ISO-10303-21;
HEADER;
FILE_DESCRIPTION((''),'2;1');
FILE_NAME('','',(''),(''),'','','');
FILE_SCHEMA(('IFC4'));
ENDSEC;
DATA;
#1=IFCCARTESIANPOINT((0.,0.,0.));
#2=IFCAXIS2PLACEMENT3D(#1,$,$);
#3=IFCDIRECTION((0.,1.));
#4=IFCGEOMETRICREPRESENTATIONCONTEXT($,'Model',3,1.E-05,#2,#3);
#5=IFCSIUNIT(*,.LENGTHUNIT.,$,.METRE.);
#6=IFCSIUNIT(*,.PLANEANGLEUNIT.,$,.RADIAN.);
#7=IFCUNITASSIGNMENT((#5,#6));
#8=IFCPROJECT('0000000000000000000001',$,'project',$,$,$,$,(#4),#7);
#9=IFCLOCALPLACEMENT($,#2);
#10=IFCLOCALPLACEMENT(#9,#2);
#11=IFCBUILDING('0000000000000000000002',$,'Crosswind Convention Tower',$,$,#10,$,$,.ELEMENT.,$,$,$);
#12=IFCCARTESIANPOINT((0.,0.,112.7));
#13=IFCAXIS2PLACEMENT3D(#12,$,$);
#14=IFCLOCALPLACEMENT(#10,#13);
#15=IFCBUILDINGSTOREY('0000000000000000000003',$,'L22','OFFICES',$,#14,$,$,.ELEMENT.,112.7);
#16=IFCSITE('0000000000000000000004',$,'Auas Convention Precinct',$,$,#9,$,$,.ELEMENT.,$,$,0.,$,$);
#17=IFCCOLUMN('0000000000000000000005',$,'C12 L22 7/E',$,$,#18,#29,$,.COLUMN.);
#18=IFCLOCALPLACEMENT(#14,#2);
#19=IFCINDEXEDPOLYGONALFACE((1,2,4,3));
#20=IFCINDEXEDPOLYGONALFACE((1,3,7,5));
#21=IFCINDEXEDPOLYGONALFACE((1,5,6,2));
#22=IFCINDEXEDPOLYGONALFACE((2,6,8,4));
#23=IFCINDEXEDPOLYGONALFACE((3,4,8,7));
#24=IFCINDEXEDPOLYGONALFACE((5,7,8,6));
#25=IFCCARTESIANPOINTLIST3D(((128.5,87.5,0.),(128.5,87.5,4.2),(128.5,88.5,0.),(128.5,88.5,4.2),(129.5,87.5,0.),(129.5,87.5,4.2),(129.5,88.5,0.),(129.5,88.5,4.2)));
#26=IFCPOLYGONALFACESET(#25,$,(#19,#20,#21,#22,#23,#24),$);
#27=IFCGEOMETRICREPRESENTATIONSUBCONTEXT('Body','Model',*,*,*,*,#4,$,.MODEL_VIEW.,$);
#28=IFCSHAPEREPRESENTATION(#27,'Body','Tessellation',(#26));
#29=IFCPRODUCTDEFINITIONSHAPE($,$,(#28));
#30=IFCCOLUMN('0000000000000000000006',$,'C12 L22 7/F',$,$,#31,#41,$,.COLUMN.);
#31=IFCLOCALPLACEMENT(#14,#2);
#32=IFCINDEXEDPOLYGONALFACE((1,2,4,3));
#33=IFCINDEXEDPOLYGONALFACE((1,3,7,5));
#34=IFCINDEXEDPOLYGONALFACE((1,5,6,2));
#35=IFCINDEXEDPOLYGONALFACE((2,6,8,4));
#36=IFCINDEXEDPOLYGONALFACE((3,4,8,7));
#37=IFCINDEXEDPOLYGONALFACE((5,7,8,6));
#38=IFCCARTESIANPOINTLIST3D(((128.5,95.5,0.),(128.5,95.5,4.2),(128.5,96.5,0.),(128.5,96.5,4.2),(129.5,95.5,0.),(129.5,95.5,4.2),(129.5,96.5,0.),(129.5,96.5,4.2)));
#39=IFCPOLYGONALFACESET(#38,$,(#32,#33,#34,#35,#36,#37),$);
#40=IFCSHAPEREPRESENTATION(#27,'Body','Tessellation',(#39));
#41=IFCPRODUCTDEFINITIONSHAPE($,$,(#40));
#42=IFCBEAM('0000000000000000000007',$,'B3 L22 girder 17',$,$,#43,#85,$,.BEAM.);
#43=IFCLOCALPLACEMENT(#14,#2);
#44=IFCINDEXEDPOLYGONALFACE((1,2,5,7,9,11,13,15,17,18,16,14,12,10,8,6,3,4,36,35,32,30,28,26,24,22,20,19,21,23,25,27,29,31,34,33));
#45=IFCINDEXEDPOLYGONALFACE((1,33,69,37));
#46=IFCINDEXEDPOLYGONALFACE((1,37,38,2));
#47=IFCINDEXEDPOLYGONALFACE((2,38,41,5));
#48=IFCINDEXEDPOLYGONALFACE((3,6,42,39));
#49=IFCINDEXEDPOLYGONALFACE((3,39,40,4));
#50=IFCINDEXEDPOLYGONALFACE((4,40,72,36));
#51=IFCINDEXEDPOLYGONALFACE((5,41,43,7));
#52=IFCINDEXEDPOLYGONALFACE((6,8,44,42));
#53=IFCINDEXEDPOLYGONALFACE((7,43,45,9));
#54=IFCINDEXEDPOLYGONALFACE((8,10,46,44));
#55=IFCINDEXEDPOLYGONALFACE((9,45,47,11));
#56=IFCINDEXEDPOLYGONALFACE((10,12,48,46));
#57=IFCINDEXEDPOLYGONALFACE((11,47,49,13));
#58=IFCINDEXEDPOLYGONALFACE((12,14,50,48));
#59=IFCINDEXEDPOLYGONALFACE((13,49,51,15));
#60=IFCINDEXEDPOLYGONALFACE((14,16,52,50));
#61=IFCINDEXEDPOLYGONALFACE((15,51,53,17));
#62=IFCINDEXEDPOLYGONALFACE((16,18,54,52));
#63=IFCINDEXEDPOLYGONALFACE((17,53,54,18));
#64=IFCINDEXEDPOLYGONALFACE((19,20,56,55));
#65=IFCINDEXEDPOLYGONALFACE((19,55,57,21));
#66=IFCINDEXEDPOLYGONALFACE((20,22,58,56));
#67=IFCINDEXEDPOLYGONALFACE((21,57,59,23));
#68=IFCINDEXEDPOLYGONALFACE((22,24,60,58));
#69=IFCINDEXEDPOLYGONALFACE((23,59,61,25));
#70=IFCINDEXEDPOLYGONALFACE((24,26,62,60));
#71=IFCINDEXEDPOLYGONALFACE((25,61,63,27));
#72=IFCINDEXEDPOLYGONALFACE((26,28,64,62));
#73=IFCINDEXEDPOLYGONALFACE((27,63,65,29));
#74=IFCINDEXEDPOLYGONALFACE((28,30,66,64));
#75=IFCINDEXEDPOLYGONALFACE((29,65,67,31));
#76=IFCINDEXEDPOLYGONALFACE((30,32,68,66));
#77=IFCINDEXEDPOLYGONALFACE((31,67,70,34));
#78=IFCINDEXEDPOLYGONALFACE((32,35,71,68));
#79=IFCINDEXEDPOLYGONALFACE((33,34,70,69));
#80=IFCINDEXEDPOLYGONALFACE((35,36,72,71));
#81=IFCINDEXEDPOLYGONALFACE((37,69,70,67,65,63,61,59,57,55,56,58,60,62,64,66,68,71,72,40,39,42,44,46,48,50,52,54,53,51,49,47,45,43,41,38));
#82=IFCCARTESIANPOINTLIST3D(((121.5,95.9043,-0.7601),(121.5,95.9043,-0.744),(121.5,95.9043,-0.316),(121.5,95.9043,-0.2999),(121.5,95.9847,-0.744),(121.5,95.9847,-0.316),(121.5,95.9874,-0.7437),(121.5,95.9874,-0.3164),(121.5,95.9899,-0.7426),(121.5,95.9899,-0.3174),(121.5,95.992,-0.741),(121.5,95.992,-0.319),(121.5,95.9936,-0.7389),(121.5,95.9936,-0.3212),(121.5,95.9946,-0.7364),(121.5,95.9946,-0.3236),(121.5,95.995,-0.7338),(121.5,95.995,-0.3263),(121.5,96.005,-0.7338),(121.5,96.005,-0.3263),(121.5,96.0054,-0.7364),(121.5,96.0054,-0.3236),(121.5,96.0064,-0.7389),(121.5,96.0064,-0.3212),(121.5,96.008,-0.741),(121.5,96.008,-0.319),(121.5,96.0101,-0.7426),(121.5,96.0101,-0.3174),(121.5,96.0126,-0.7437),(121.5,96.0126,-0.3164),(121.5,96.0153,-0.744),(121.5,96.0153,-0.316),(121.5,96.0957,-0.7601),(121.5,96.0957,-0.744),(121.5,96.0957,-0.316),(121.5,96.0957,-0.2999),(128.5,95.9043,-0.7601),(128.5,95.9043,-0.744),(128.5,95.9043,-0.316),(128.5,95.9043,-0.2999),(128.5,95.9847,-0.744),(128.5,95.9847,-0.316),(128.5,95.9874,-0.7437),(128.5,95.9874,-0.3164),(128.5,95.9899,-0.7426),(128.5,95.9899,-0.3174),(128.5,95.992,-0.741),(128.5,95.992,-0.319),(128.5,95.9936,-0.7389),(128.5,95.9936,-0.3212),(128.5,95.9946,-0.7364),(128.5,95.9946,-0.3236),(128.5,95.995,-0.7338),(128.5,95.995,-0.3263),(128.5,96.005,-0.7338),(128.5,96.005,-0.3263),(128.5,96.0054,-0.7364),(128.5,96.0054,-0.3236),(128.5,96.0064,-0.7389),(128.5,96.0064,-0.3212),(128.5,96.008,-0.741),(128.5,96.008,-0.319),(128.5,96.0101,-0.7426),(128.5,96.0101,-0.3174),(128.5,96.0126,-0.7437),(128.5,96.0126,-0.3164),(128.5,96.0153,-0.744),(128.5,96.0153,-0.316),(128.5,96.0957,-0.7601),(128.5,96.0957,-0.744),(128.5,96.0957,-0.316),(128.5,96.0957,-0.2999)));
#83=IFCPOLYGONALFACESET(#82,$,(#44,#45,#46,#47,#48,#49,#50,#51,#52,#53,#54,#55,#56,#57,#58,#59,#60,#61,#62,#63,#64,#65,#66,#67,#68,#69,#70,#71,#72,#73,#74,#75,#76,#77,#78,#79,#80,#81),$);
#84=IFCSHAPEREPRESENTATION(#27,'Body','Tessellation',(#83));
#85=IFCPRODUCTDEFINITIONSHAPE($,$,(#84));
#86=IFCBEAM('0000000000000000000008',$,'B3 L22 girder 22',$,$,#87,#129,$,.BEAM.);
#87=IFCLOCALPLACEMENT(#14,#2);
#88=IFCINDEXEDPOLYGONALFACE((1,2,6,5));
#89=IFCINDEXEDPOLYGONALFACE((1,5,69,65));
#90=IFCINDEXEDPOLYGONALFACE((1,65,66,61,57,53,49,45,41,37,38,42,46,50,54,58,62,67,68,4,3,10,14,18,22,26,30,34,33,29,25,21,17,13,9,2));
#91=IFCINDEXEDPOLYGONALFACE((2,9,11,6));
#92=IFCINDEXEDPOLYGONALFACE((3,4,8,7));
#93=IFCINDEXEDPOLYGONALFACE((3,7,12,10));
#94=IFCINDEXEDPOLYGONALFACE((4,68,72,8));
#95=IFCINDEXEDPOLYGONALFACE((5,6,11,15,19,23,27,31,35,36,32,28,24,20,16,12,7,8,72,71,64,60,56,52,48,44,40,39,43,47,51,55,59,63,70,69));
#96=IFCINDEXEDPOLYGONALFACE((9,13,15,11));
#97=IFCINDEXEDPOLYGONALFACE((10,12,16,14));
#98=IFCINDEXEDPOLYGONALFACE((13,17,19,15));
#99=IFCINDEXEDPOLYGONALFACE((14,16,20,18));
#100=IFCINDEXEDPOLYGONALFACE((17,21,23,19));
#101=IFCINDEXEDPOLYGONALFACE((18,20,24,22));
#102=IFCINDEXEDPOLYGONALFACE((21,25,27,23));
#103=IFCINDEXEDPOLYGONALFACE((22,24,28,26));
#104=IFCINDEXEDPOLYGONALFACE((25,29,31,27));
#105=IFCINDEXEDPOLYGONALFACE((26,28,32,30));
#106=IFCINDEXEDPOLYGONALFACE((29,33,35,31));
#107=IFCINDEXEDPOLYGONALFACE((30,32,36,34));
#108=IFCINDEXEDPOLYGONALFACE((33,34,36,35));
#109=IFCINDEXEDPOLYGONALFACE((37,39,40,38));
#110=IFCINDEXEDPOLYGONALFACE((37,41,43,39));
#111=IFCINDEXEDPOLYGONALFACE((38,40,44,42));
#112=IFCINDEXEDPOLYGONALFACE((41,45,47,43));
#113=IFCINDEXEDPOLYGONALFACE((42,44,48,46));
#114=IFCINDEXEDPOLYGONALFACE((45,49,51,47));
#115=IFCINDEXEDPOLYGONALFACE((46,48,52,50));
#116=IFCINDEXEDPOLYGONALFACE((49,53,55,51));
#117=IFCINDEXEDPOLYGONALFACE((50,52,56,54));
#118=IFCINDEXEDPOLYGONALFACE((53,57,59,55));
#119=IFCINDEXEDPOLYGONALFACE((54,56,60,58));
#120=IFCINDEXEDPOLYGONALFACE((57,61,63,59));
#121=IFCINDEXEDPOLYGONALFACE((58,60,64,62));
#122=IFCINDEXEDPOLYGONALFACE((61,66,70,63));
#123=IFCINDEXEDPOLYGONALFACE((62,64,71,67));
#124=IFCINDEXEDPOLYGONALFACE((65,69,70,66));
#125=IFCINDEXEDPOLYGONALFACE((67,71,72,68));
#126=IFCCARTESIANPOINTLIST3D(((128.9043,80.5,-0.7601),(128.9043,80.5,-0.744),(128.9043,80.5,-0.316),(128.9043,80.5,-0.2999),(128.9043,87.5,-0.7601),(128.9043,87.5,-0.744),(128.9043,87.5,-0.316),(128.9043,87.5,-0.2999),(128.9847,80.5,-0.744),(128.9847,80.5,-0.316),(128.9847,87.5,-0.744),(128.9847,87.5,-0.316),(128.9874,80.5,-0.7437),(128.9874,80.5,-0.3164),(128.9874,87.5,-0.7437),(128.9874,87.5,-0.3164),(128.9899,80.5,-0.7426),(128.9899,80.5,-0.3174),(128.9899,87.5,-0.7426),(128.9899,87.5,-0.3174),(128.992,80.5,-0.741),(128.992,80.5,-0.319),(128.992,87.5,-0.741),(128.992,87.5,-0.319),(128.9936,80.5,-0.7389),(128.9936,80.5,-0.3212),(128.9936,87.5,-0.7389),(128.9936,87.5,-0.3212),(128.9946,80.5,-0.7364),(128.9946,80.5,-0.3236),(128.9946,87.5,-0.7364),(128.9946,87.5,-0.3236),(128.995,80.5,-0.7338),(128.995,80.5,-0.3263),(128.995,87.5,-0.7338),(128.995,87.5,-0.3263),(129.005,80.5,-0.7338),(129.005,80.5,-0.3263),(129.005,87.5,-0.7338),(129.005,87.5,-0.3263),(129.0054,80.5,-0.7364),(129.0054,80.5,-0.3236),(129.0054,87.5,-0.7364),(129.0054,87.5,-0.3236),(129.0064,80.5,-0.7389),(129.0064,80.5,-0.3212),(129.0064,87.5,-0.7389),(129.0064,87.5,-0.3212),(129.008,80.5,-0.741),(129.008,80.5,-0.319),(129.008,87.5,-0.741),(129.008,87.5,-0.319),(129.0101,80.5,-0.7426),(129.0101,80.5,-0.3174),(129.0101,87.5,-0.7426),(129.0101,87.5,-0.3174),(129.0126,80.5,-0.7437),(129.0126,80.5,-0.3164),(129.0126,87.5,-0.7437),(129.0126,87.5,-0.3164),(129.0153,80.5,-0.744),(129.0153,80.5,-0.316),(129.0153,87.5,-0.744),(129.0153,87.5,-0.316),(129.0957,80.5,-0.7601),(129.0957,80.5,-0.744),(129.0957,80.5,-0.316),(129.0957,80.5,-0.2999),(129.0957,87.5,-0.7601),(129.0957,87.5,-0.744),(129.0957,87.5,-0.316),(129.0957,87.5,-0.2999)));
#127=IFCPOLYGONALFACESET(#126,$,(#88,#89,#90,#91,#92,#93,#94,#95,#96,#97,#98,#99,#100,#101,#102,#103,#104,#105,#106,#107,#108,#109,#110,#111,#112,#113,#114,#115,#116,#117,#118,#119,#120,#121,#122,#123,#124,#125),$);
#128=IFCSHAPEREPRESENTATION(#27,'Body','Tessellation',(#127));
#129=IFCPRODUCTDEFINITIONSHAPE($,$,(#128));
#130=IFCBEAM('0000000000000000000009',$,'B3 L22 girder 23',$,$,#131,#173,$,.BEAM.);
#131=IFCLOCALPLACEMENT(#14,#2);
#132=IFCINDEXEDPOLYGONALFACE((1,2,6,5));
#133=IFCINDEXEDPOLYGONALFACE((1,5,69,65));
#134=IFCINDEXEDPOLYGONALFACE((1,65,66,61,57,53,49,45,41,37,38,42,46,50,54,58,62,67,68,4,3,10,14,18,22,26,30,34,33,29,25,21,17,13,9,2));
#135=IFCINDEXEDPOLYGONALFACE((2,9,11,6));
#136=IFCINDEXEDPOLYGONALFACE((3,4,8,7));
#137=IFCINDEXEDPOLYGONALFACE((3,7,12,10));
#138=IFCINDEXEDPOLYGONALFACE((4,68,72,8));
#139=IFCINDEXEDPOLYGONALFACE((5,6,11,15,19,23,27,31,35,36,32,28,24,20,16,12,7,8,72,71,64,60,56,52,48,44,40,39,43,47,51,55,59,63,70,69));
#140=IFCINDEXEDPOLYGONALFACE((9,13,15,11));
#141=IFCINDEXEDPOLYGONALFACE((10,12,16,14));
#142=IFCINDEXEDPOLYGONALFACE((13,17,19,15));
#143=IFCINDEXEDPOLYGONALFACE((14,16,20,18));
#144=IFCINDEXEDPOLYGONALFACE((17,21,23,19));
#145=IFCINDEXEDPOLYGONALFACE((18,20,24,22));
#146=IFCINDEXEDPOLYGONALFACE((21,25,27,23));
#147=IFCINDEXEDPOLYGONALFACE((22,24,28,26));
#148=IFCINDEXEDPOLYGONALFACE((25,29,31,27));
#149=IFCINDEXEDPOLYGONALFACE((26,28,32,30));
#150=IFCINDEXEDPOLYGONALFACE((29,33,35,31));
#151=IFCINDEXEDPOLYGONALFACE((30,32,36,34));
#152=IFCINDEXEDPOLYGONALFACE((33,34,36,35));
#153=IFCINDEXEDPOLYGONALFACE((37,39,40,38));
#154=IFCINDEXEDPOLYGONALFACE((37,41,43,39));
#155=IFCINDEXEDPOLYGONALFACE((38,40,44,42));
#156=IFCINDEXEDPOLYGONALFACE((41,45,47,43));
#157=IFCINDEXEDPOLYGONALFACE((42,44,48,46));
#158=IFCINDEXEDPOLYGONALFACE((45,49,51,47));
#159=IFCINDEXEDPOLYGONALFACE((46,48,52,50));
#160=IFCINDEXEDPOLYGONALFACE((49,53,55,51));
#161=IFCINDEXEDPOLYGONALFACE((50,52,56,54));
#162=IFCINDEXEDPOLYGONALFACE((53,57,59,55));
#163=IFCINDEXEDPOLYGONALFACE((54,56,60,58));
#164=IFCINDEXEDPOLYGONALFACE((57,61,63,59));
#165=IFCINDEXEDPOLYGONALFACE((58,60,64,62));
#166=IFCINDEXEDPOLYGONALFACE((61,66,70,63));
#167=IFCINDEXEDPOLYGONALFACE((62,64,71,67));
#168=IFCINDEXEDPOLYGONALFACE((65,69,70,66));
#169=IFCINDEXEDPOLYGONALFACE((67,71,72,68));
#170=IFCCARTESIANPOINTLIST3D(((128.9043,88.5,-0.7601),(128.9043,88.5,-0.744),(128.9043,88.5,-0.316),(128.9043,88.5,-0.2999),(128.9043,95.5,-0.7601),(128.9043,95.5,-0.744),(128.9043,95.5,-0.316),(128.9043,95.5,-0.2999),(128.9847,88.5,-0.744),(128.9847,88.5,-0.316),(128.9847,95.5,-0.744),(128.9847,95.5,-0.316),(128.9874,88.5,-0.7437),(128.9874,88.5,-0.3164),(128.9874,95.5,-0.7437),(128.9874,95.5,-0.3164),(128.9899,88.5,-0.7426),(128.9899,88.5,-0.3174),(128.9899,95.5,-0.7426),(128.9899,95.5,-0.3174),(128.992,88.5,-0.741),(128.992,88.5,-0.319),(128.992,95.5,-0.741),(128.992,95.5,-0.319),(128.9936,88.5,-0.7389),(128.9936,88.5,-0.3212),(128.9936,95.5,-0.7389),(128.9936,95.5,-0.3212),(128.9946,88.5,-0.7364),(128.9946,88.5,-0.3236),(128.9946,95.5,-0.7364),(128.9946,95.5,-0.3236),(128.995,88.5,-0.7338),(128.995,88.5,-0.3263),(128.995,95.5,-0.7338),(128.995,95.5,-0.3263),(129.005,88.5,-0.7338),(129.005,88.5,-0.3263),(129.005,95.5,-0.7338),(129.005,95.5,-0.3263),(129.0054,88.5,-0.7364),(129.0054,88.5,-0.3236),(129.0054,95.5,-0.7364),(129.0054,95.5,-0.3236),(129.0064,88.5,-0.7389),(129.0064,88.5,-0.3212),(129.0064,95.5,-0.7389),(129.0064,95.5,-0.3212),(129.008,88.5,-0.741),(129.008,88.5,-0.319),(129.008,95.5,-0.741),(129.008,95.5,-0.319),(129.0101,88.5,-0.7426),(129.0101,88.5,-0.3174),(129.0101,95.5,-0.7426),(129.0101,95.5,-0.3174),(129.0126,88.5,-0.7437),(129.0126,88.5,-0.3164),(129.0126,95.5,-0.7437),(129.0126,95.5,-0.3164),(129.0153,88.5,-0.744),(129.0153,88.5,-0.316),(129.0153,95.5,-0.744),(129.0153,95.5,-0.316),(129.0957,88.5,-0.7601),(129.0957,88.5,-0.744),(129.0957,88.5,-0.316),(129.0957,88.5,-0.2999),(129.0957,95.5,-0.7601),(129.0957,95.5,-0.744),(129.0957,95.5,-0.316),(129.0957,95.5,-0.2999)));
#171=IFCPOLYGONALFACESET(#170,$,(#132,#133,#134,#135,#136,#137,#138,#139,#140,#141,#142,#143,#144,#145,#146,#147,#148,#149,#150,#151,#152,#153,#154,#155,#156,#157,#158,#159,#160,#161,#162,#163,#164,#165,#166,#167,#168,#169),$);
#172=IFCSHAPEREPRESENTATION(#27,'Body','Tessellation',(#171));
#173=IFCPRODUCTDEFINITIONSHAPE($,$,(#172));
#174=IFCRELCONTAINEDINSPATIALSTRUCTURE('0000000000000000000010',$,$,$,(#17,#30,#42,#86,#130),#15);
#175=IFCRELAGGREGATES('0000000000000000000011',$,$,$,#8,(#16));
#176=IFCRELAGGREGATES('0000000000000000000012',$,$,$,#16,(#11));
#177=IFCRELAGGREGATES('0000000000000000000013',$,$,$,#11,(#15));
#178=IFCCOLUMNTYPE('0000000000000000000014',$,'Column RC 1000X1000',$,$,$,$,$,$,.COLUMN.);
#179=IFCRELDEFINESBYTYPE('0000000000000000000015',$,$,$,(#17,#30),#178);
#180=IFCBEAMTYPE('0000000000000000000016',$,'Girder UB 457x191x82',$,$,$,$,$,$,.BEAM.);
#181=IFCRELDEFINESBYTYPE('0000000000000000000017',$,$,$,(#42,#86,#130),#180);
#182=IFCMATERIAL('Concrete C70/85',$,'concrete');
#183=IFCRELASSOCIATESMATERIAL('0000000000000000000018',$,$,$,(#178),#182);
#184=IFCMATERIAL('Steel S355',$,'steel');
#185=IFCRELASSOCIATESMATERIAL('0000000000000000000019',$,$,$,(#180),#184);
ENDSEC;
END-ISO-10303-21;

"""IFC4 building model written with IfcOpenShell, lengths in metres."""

from ifc_helpers import new_model, si_unit, direction, frame, origin, origin_2d, place, context, subcontext, project, spatial, rectangle, i_section, extrude, material, material_profile, profile_set, type_object, element, save


model = new_model("IFC4")

# Units and contexts
model_context = context("Model", 3, precision=1e-05, world=origin(), true_north=direction((0.0, 1.0)))
body_context = subcontext(model_context, "Body", "Model", "MODEL_VIEW")
ifc_project = project(units=[si_unit("LENGTHUNIT", "METRE"), si_unit("PLANEANGLEUNIT", "RADIAN")], contexts=[model_context])

# Site, building, storey
site_placement = place(None, origin())
site = spatial("IfcSite", under=ifc_project, at=site_placement, Name="Auas Convention Precinct", CompositionType="ELEMENT", RefElevation=0.0)
building_placement = place(site_placement, origin())
building = spatial("IfcBuilding", under=site, at=building_placement, Name="Crosswind Convention Tower", CompositionType="ELEMENT")
storey_placement = place(building_placement, frame((0.0, 0.0, 112.7)))
storey = spatial("IfcBuildingStorey", under=building, at=storey_placement, Name="L22", Description="OFFICES", CompositionType="ELEMENT", Elevation=112.7)

# Columns
ifc_material_1 = material(Name="Concrete C70/85", Category="concrete")
ifc_material_profile_1 = material_profile(ifc_material_1, rectangle(XDim=1.0, YDim=1.0, at=origin_2d()), Name="RC 1000X1000")
ifc_profile_set_1 = profile_set([ifc_material_profile_1], Name="Concrete C70/85")
column_type = type_object("IfcColumnType", Name="Column RC 1000X1000", PredefinedType="COLUMN", material=ifc_profile_set_1)
for number, where, z_axis, x_axis, name in (
    (1, (129.0, 88.0, 0.0), (0.0, 0.0, 1.0), (1.0, 0.0, 0.0), "C12 L22 7/E"),
    (2, (129.0, 96.0, 0.0), (0.0, 0.0, 1.0), (1.0, 0.0, 0.0), "C12 L22 7/F"),
):
    element("IfcColumn", number, at=place(storey_placement, frame(where, z_axis=z_axis, x_axis=x_axis)), inside=storey, type_object=column_type, Name=name, PredefinedType="COLUMN", context=body_context, shape_type="SweptSolid", body=[
        extrude(rectangle(XDim=1.0, YDim=1.0, at=origin_2d()), origin(), (0.0, 0.0, 1.0), 4.2),
    ])

# Beams
ifc_material_2 = material(Name="Steel S355", Category="steel")
ifc_material_profile_2 = material_profile(ifc_material_2, i_section(OverallWidth=0.1914, OverallDepth=0.4602, WebThickness=0.01, FlangeThickness=0.0161, FilletRadius=0.0103, at=origin_2d()), Name="UB 457x191x82")
ifc_profile_set_2 = profile_set([ifc_material_profile_2], Name="Steel S355")
beam_type_1 = type_object("IfcBeamType", Name="Girder UB 457x191x82", PredefinedType="BEAM", material=ifc_profile_set_2)
for number, where, z_axis, x_axis, name in (
    (3, (121.5, 96.0, -0.53), (1.0, 0.0, 0.0), (0.0, 1.0, 0.0), "B3 L22 girder 17"),
    (4, (129.0, 80.5, -0.53), (0.0, 1.0, 0.0), (-1.0, 0.0, 0.0), "B3 L22 girder 22"),
    (5, (129.0, 88.5, -0.53), (0.0, 1.0, 0.0), (-1.0, 0.0, 0.0), "B3 L22 girder 23"),
):
    element("IfcBeam", number, at=place(storey_placement, frame(where, z_axis=z_axis, x_axis=x_axis)), inside=storey, type_object=beam_type_1, Name=name, PredefinedType="BEAM", context=body_context, shape_type="SweptSolid", body=[
        extrude(i_section(OverallWidth=0.1914, OverallDepth=0.4602, WebThickness=0.01, FlangeThickness=0.0161, FilletRadius=0.0103, at=origin_2d()), origin(), (0.0, 0.0, 1.0), 7.0),
    ])

save(model, "model.ifc")
